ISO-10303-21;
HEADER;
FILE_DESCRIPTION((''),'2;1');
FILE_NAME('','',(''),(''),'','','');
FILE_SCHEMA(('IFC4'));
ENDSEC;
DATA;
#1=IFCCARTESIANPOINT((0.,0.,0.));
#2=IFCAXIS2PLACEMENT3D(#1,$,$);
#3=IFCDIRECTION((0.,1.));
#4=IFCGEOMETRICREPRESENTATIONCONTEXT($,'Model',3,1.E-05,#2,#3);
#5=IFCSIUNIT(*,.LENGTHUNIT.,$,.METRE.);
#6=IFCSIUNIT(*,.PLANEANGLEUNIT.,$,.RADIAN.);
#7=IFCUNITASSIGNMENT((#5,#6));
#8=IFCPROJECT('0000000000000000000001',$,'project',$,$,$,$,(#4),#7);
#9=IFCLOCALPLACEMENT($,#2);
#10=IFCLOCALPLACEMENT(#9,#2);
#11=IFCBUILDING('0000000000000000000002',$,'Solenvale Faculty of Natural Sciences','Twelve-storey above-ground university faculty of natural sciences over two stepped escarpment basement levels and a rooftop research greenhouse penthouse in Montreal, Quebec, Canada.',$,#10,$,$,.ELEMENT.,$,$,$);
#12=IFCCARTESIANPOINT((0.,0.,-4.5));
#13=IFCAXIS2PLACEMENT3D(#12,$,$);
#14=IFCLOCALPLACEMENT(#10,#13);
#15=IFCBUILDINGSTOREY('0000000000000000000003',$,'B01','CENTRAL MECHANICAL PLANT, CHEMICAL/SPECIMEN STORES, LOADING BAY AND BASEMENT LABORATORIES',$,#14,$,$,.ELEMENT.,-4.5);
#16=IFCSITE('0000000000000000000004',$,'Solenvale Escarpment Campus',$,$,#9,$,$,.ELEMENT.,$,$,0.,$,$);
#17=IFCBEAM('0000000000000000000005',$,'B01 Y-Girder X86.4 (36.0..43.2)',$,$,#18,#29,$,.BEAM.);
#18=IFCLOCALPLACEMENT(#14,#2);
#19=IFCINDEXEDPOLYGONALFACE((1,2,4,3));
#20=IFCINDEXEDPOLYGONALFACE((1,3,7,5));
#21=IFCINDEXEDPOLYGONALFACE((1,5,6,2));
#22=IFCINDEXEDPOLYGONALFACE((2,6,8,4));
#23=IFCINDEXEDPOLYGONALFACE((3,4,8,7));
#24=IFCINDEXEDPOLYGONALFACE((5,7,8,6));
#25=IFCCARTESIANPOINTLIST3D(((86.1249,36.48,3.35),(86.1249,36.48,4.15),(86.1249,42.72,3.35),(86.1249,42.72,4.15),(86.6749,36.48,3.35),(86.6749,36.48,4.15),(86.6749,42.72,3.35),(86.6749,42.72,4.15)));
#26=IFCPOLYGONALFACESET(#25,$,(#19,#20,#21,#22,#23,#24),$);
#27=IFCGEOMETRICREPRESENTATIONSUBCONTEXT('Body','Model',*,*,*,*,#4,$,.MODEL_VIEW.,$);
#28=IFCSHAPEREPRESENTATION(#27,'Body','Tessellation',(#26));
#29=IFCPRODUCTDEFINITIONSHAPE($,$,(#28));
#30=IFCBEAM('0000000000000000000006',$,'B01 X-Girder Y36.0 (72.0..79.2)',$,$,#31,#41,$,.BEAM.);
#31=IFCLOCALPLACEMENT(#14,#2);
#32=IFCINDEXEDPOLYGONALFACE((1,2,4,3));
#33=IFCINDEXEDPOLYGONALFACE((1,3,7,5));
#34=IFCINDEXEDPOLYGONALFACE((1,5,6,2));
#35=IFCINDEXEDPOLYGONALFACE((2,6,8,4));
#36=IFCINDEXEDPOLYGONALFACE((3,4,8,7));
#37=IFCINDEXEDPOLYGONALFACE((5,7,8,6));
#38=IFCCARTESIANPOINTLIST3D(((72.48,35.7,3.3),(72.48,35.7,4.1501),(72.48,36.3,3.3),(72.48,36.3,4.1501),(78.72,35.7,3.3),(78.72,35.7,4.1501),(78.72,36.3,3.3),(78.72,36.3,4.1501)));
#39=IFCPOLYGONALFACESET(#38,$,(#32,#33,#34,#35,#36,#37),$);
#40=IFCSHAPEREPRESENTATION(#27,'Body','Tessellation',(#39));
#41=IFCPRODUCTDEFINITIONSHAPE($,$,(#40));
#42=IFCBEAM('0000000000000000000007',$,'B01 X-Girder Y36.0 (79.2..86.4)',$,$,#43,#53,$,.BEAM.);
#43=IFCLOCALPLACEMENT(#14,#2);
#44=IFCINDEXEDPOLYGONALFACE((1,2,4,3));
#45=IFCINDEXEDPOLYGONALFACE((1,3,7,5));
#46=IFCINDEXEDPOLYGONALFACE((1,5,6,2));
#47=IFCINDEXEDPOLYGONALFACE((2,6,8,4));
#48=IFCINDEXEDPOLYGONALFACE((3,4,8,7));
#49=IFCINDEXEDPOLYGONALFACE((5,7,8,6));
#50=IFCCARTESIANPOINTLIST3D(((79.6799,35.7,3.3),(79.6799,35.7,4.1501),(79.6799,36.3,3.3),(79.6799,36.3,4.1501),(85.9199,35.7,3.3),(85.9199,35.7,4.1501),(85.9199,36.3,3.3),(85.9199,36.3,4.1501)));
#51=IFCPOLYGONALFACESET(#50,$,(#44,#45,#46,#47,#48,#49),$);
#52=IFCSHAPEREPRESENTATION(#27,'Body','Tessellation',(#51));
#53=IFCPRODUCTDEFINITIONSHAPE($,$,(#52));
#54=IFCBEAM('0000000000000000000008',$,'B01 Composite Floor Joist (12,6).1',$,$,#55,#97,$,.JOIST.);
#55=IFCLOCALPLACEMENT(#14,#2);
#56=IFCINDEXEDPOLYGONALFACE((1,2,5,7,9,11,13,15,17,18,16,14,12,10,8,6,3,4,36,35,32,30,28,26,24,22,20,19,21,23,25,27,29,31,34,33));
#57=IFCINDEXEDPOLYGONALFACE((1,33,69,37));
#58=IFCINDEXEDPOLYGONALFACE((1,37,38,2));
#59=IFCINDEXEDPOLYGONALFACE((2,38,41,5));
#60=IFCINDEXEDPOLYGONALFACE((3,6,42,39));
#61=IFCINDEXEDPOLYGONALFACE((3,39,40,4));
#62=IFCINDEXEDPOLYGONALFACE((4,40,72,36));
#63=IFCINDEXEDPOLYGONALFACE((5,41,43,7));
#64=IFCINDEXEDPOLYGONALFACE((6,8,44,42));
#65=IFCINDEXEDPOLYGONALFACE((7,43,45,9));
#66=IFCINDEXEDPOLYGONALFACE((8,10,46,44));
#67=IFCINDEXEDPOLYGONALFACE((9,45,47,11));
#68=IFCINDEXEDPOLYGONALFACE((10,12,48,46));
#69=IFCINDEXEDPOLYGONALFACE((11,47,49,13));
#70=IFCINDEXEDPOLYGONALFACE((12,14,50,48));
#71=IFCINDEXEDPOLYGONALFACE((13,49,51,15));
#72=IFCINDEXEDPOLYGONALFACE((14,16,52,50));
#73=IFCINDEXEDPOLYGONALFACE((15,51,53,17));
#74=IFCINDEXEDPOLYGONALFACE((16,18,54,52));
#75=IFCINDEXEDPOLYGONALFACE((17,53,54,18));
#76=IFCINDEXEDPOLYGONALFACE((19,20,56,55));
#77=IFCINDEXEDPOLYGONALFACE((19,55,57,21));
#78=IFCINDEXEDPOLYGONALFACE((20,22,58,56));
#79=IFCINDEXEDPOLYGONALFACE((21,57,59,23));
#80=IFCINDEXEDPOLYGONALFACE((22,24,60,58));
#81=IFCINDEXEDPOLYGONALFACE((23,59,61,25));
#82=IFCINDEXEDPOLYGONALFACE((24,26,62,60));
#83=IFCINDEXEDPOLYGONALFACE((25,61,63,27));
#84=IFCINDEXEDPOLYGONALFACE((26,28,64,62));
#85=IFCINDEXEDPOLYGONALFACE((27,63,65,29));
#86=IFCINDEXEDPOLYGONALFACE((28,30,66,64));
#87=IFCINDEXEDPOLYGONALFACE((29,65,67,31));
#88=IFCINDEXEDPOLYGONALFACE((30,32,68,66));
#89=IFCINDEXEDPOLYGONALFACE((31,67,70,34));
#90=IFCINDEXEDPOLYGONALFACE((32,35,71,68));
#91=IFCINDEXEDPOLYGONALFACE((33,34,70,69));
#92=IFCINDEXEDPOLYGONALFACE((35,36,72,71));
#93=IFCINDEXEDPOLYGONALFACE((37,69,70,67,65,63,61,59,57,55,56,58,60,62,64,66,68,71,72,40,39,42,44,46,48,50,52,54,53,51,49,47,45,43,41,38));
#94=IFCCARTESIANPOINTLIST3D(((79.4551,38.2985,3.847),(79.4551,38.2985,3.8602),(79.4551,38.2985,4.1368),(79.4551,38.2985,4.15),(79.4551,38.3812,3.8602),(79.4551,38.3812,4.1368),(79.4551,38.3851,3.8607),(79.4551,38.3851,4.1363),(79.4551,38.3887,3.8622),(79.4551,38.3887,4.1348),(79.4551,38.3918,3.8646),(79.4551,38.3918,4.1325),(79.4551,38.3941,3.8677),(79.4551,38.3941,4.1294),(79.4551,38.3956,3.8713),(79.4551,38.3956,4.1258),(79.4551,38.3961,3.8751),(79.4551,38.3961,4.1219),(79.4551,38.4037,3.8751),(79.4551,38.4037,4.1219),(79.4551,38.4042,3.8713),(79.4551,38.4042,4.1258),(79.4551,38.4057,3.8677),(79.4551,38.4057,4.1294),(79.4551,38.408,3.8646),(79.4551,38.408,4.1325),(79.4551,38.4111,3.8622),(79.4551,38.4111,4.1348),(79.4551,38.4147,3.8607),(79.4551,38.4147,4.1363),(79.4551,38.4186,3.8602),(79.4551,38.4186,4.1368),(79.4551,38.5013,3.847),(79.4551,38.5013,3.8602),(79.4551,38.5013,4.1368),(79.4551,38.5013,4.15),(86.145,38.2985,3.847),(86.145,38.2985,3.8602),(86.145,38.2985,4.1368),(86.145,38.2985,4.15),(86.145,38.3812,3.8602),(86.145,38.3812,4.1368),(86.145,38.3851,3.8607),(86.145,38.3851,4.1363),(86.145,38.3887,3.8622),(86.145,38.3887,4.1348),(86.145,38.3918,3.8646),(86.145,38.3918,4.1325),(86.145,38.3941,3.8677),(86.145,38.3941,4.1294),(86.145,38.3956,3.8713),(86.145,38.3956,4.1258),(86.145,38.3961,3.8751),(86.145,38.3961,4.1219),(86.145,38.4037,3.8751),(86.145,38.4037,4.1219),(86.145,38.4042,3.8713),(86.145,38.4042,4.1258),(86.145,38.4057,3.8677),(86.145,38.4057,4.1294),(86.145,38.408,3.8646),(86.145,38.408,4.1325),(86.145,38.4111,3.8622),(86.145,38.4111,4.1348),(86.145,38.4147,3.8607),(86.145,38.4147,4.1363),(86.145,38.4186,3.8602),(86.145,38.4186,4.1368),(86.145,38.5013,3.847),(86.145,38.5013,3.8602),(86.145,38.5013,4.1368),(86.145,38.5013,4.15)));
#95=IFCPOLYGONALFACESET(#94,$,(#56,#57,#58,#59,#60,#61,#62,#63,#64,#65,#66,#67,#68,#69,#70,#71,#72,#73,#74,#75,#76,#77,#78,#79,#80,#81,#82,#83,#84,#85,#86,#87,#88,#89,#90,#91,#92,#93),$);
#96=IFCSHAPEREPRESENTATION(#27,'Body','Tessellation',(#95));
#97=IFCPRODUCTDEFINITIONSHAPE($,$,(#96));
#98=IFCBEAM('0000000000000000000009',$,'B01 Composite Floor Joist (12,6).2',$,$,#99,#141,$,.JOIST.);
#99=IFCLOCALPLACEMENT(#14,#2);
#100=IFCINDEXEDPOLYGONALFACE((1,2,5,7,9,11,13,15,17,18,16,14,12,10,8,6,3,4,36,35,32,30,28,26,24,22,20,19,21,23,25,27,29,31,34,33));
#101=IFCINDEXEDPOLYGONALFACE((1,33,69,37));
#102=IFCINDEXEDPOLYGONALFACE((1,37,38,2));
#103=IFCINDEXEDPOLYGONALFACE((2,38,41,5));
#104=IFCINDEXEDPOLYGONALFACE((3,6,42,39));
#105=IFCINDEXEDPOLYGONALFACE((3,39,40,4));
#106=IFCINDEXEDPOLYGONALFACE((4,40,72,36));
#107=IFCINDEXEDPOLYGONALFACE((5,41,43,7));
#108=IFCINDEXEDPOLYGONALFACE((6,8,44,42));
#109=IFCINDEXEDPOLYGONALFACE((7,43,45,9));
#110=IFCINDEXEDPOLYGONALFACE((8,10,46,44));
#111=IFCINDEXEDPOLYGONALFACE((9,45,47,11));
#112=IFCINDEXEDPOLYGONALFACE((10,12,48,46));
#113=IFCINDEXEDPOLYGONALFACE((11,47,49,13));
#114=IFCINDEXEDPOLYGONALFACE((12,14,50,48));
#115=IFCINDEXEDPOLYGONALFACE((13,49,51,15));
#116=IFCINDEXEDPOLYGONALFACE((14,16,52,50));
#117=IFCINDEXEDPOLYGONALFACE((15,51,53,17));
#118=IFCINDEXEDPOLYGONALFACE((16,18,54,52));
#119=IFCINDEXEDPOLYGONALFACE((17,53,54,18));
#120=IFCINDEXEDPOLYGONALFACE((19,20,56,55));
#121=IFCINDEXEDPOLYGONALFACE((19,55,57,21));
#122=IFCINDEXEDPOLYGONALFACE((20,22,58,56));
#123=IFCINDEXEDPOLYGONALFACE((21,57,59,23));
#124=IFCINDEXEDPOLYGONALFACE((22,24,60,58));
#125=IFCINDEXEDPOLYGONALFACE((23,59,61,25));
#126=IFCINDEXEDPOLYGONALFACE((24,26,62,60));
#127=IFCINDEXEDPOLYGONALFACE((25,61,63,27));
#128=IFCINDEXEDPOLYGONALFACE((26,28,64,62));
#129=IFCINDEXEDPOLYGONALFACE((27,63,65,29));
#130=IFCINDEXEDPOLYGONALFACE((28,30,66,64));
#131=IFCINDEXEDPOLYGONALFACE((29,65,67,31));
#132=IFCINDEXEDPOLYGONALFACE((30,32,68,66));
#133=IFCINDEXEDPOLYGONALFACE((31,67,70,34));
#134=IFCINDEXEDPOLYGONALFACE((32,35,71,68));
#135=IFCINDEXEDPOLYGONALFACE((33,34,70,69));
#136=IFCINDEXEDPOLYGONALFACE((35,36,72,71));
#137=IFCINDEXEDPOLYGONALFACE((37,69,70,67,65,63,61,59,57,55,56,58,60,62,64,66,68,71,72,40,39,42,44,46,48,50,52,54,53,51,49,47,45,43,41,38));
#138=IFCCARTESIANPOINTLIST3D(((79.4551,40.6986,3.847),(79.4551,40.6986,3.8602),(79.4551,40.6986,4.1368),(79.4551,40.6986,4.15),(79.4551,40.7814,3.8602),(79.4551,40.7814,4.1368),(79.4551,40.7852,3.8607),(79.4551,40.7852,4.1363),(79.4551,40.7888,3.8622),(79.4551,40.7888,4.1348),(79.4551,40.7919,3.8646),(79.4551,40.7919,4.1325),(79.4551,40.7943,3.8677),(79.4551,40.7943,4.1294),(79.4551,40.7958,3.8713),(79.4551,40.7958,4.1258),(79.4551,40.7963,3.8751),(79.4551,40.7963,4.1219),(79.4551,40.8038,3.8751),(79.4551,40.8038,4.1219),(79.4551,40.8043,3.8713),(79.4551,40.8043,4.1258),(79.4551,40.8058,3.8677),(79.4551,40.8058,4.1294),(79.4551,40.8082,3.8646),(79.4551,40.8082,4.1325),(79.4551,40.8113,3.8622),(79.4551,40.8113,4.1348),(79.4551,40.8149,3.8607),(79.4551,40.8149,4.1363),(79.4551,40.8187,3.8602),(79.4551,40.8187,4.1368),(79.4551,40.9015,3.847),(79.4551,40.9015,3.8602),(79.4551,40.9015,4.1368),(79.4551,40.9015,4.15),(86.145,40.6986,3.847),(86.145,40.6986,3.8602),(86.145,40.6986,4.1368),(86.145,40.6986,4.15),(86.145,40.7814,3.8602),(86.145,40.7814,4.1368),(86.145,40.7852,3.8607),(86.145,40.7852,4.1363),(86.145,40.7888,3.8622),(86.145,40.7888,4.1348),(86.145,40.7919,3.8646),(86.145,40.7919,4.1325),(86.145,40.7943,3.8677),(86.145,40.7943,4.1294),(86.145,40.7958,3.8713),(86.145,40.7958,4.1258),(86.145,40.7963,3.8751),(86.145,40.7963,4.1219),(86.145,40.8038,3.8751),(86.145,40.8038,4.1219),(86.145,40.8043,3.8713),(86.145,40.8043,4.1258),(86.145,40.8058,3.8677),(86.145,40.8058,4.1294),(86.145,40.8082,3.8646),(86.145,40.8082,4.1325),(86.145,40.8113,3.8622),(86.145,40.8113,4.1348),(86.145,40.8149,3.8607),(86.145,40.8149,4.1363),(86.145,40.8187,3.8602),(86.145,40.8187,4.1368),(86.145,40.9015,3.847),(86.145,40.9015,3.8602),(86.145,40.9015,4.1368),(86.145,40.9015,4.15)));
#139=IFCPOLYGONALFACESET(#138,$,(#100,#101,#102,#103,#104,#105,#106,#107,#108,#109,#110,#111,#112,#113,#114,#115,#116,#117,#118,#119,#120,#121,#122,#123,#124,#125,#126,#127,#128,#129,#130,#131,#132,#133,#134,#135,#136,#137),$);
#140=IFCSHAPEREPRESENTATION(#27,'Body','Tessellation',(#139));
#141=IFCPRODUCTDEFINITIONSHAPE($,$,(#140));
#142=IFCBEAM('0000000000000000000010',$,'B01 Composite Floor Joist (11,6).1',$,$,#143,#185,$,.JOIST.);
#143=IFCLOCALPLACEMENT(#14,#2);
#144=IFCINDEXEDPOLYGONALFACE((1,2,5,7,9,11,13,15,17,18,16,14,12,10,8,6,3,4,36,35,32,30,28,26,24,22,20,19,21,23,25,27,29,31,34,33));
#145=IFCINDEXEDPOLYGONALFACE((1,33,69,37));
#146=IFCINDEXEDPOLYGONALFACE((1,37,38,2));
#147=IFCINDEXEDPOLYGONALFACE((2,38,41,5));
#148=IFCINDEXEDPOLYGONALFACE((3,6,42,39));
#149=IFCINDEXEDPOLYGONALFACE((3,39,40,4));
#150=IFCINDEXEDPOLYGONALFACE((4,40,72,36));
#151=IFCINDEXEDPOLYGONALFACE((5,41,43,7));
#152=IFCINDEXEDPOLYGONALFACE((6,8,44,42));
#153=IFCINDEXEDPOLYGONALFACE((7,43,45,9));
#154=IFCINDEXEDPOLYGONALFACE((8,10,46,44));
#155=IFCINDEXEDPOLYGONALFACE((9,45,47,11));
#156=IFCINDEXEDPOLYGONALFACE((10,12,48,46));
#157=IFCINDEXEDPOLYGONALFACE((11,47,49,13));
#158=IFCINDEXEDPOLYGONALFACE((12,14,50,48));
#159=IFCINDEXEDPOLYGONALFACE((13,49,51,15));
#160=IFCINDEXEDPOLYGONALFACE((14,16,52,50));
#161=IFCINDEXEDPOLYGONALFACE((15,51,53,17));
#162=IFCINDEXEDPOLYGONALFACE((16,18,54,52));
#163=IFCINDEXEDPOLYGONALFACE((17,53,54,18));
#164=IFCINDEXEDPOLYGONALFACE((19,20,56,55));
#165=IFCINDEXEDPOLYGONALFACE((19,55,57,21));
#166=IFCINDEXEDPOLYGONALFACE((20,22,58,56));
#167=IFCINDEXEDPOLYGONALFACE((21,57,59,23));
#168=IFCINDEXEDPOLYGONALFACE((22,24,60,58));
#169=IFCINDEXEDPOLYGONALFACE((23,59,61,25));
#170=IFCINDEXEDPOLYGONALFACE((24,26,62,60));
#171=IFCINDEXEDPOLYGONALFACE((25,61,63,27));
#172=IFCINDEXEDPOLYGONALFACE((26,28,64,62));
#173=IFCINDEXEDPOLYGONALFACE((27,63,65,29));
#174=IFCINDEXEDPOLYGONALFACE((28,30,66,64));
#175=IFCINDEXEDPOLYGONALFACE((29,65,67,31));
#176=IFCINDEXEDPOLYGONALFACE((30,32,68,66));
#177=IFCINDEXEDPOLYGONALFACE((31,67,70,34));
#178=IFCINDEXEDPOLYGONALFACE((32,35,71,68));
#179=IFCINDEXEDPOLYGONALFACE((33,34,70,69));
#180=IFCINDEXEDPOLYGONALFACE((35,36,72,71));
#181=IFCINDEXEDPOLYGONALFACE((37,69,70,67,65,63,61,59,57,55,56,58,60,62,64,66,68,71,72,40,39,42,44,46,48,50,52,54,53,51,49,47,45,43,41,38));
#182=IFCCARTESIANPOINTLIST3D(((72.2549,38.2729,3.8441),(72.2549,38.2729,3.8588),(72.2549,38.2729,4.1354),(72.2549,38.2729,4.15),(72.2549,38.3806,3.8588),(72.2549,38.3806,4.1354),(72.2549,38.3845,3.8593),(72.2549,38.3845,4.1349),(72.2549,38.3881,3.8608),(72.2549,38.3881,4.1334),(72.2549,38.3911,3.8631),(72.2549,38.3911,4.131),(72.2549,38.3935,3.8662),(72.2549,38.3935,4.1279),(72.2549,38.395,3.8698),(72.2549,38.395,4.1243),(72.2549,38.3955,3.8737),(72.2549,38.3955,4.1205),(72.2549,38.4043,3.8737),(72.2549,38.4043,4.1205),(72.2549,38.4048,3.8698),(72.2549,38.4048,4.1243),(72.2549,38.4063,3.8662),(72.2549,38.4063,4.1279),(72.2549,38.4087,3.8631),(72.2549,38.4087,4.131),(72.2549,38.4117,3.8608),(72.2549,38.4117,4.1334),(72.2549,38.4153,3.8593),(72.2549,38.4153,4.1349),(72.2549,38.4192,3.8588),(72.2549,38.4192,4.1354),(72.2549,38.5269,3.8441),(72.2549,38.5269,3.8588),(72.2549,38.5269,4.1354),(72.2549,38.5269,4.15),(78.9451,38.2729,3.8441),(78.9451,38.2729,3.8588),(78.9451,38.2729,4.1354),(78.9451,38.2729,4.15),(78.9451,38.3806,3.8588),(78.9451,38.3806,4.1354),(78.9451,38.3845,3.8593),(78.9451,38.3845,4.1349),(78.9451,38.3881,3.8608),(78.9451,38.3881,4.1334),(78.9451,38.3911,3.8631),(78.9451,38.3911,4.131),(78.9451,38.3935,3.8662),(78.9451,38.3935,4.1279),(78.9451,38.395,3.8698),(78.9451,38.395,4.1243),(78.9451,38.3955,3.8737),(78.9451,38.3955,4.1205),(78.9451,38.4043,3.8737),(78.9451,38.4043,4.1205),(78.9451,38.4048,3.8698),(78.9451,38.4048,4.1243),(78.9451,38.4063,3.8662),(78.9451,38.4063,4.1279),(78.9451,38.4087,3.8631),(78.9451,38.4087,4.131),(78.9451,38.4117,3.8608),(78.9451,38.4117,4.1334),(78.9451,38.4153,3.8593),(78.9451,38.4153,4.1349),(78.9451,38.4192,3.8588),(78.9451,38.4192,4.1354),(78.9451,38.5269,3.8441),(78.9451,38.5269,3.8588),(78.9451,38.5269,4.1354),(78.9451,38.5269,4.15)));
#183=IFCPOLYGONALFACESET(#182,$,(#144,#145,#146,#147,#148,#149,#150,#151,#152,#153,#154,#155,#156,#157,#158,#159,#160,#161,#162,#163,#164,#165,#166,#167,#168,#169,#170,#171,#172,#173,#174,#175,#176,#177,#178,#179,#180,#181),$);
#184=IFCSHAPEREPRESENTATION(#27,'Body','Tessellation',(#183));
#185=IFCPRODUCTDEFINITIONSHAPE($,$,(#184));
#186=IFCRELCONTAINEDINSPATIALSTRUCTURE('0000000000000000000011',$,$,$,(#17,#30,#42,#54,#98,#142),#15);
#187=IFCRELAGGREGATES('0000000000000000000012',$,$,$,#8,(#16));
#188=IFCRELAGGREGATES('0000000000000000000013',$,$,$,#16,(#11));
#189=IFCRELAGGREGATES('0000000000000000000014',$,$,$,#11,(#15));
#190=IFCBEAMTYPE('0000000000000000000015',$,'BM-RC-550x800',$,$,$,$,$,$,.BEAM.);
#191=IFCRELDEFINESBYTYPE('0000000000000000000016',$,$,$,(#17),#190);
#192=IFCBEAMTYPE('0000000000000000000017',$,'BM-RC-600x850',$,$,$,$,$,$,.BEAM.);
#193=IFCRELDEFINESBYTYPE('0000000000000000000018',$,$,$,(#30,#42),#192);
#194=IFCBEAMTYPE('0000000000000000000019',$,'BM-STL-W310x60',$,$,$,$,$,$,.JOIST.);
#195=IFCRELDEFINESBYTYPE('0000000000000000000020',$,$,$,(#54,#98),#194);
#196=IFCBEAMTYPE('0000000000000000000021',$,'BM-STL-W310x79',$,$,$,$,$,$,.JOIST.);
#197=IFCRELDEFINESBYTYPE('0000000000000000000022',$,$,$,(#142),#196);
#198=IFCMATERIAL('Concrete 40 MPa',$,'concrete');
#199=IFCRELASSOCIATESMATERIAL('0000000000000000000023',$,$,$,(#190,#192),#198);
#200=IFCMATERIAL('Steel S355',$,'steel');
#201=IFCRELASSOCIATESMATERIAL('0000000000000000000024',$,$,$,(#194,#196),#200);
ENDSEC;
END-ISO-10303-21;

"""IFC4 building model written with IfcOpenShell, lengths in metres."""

from ifc_helpers import new_model, si_unit, direction, frame, origin, origin_2d, place, context, subcontext, project, spatial, rectangle, i_section, extrude, material, material_profile, profile_set, type_object, element, save


model = new_model("IFC4")

# Units and contexts
model_context = context("Model", 3, precision=1e-05, world=origin(), true_north=direction((0.0, 1.0)))
body_context = subcontext(model_context, "Body", "Model", "MODEL_VIEW")
ifc_project = project(units=[si_unit("LENGTHUNIT", "METRE"), si_unit("PLANEANGLEUNIT", "RADIAN")], contexts=[model_context])

# Site, building, storey
site_placement = place(None, origin())
site = spatial("IfcSite", under=ifc_project, at=site_placement, Name="Solenvale Escarpment Campus", CompositionType="ELEMENT", RefElevation=0.0)
building_placement = place(site_placement, origin())
building = spatial("IfcBuilding", under=site, at=building_placement, Name="Solenvale Faculty of Natural Sciences", Description="Twelve-storey above-ground university faculty of natural sciences over two stepped escarpment basement levels and a rooftop research greenhouse penthouse in Montreal, Quebec, Canada.", CompositionType="ELEMENT")
storey_placement = place(building_placement, frame((0.0, 0.0, -4.5)))
storey = spatial("IfcBuildingStorey", under=building, at=storey_placement, Name="B01", Description="CENTRAL MECHANICAL PLANT, CHEMICAL/SPECIMEN STORES, LOADING BAY AND BASEMENT LABORATORIES", CompositionType="ELEMENT", Elevation=-4.5)

# Shared definitions
ifc_material_1 = material(Name="Concrete 40 MPa", Category="concrete")

# Beams
ifc_material_profile_1 = material_profile(ifc_material_1, rectangle(XDim=0.55, YDim=0.8, at=origin_2d()), Name="RC-BM-550x800")
ifc_profile_set_1 = profile_set([ifc_material_profile_1], Name="Concrete 40 MPa")
beam_type_1 = type_object("IfcBeamType", Name="BM-RC-550x800", PredefinedType="BEAM", material=ifc_profile_set_1)
for number, where, z_axis, x_axis, name in (
    (1, (86.3999, 36.48, 3.75), (0.0, 1.0, 0.0), (-1.0, 0.0, 0.0), "B01 Y-Girder X86.4 (36.0..43.2)"),
):
    element("IfcBeam", number, at=place(storey_placement, frame(where, z_axis=z_axis, x_axis=x_axis)), inside=storey, type_object=beam_type_1, Name=name, PredefinedType="BEAM", context=body_context, shape_type="SweptSolid", body=[
        extrude(rectangle(XDim=0.55, YDim=0.8, at=origin_2d()), origin(), (0.0, 0.0, 1.0), 6.24),
    ])
ifc_material_profile_2 = material_profile(ifc_material_1, rectangle(XDim=0.6001, YDim=0.8501, at=origin_2d()), Name="RC-BM-600x850")
ifc_profile_set_2 = profile_set([ifc_material_profile_2], Name="Concrete 40 MPa")
beam_type_2 = type_object("IfcBeamType", Name="BM-RC-600x850", PredefinedType="BEAM", material=ifc_profile_set_2)
for number, where, z_axis, x_axis, name in (
    (2, (72.48, 36.0, 3.7251), (1.0, 0.0, 0.0), (0.0, 1.0, 0.0), "B01 X-Girder Y36.0 (72.0..79.2)"),
    (3, (79.6799, 36.0, 3.7251), (1.0, 0.0, 0.0), (0.0, 1.0, 0.0), "B01 X-Girder Y36.0 (79.2..86.4)"),
):
    element("IfcBeam", number, at=place(storey_placement, frame(where, z_axis=z_axis, x_axis=x_axis)), inside=storey, type_object=beam_type_2, Name=name, PredefinedType="BEAM", context=body_context, shape_type="SweptSolid", body=[
        extrude(rectangle(XDim=0.6001, YDim=0.8501, at=origin_2d()), origin(), (0.0, 0.0, 1.0), 6.24),
    ])
ifc_material_2 = material(Name="Steel S355", Category="steel")
ifc_material_profile_3 = material_profile(ifc_material_2, i_section(OverallWidth=0.2029, OverallDepth=0.303, WebThickness=0.0076, FlangeThickness=0.0132, FilletRadius=0.0149, at=origin_2d()), Name="W310x60")
ifc_profile_set_3 = profile_set([ifc_material_profile_3], Name="Steel S355")
beam_type_3 = type_object("IfcBeamType", Name="BM-STL-W310x60", PredefinedType="JOIST", material=ifc_profile_set_3)
for number, where, z_axis, x_axis, name in (
    (4, (79.4551, 38.3999, 3.9985), (1.0, 0.0, 0.0), (0.0, 1.0, 0.0), "B01 Composite Floor Joist (12,6).1"),
    (5, (79.4551, 40.8, 3.9985), (1.0, 0.0, 0.0), (0.0, 1.0, 0.0), "B01 Composite Floor Joist (12,6).2"),
):
    element("IfcBeam", number, at=place(storey_placement, frame(where, z_axis=z_axis, x_axis=x_axis)), inside=storey, type_object=beam_type_3, Name=name, PredefinedType="JOIST", context=body_context, shape_type="SweptSolid", body=[
        extrude(i_section(OverallWidth=0.2029, OverallDepth=0.303, WebThickness=0.0076, FlangeThickness=0.0132, FilletRadius=0.0149, at=origin_2d()), origin(), (0.0, 0.0, 1.0), 6.6899),
    ])
ifc_material_profile_4 = material_profile(ifc_material_2, i_section(OverallWidth=0.2539, OverallDepth=0.3059, WebThickness=0.0088, FlangeThickness=0.0146, FilletRadius=0.0149, at=origin_2d()), Name="W310x79")
ifc_profile_set_4 = profile_set([ifc_material_profile_4], Name="Steel S355")
beam_type_4 = type_object("IfcBeamType", Name="BM-STL-W310x79", PredefinedType="JOIST", material=ifc_profile_set_4)
for number, where, z_axis, x_axis, name in (
    (6, (72.2549, 38.3999, 3.9971), (1.0, 0.0, 0.0), (0.0, 1.0, 0.0), "B01 Composite Floor Joist (11,6).1"),
):
    element("IfcBeam", number, at=place(storey_placement, frame(where, z_axis=z_axis, x_axis=x_axis)), inside=storey, type_object=beam_type_4, Name=name, PredefinedType="JOIST", context=body_context, shape_type="SweptSolid", body=[
        extrude(i_section(OverallWidth=0.2539, OverallDepth=0.3059, WebThickness=0.0088, FlangeThickness=0.0146, FilletRadius=0.0149, at=origin_2d()), origin(), (0.0, 0.0, 1.0), 6.6902),
    ])

save(model, "model.ifc")
